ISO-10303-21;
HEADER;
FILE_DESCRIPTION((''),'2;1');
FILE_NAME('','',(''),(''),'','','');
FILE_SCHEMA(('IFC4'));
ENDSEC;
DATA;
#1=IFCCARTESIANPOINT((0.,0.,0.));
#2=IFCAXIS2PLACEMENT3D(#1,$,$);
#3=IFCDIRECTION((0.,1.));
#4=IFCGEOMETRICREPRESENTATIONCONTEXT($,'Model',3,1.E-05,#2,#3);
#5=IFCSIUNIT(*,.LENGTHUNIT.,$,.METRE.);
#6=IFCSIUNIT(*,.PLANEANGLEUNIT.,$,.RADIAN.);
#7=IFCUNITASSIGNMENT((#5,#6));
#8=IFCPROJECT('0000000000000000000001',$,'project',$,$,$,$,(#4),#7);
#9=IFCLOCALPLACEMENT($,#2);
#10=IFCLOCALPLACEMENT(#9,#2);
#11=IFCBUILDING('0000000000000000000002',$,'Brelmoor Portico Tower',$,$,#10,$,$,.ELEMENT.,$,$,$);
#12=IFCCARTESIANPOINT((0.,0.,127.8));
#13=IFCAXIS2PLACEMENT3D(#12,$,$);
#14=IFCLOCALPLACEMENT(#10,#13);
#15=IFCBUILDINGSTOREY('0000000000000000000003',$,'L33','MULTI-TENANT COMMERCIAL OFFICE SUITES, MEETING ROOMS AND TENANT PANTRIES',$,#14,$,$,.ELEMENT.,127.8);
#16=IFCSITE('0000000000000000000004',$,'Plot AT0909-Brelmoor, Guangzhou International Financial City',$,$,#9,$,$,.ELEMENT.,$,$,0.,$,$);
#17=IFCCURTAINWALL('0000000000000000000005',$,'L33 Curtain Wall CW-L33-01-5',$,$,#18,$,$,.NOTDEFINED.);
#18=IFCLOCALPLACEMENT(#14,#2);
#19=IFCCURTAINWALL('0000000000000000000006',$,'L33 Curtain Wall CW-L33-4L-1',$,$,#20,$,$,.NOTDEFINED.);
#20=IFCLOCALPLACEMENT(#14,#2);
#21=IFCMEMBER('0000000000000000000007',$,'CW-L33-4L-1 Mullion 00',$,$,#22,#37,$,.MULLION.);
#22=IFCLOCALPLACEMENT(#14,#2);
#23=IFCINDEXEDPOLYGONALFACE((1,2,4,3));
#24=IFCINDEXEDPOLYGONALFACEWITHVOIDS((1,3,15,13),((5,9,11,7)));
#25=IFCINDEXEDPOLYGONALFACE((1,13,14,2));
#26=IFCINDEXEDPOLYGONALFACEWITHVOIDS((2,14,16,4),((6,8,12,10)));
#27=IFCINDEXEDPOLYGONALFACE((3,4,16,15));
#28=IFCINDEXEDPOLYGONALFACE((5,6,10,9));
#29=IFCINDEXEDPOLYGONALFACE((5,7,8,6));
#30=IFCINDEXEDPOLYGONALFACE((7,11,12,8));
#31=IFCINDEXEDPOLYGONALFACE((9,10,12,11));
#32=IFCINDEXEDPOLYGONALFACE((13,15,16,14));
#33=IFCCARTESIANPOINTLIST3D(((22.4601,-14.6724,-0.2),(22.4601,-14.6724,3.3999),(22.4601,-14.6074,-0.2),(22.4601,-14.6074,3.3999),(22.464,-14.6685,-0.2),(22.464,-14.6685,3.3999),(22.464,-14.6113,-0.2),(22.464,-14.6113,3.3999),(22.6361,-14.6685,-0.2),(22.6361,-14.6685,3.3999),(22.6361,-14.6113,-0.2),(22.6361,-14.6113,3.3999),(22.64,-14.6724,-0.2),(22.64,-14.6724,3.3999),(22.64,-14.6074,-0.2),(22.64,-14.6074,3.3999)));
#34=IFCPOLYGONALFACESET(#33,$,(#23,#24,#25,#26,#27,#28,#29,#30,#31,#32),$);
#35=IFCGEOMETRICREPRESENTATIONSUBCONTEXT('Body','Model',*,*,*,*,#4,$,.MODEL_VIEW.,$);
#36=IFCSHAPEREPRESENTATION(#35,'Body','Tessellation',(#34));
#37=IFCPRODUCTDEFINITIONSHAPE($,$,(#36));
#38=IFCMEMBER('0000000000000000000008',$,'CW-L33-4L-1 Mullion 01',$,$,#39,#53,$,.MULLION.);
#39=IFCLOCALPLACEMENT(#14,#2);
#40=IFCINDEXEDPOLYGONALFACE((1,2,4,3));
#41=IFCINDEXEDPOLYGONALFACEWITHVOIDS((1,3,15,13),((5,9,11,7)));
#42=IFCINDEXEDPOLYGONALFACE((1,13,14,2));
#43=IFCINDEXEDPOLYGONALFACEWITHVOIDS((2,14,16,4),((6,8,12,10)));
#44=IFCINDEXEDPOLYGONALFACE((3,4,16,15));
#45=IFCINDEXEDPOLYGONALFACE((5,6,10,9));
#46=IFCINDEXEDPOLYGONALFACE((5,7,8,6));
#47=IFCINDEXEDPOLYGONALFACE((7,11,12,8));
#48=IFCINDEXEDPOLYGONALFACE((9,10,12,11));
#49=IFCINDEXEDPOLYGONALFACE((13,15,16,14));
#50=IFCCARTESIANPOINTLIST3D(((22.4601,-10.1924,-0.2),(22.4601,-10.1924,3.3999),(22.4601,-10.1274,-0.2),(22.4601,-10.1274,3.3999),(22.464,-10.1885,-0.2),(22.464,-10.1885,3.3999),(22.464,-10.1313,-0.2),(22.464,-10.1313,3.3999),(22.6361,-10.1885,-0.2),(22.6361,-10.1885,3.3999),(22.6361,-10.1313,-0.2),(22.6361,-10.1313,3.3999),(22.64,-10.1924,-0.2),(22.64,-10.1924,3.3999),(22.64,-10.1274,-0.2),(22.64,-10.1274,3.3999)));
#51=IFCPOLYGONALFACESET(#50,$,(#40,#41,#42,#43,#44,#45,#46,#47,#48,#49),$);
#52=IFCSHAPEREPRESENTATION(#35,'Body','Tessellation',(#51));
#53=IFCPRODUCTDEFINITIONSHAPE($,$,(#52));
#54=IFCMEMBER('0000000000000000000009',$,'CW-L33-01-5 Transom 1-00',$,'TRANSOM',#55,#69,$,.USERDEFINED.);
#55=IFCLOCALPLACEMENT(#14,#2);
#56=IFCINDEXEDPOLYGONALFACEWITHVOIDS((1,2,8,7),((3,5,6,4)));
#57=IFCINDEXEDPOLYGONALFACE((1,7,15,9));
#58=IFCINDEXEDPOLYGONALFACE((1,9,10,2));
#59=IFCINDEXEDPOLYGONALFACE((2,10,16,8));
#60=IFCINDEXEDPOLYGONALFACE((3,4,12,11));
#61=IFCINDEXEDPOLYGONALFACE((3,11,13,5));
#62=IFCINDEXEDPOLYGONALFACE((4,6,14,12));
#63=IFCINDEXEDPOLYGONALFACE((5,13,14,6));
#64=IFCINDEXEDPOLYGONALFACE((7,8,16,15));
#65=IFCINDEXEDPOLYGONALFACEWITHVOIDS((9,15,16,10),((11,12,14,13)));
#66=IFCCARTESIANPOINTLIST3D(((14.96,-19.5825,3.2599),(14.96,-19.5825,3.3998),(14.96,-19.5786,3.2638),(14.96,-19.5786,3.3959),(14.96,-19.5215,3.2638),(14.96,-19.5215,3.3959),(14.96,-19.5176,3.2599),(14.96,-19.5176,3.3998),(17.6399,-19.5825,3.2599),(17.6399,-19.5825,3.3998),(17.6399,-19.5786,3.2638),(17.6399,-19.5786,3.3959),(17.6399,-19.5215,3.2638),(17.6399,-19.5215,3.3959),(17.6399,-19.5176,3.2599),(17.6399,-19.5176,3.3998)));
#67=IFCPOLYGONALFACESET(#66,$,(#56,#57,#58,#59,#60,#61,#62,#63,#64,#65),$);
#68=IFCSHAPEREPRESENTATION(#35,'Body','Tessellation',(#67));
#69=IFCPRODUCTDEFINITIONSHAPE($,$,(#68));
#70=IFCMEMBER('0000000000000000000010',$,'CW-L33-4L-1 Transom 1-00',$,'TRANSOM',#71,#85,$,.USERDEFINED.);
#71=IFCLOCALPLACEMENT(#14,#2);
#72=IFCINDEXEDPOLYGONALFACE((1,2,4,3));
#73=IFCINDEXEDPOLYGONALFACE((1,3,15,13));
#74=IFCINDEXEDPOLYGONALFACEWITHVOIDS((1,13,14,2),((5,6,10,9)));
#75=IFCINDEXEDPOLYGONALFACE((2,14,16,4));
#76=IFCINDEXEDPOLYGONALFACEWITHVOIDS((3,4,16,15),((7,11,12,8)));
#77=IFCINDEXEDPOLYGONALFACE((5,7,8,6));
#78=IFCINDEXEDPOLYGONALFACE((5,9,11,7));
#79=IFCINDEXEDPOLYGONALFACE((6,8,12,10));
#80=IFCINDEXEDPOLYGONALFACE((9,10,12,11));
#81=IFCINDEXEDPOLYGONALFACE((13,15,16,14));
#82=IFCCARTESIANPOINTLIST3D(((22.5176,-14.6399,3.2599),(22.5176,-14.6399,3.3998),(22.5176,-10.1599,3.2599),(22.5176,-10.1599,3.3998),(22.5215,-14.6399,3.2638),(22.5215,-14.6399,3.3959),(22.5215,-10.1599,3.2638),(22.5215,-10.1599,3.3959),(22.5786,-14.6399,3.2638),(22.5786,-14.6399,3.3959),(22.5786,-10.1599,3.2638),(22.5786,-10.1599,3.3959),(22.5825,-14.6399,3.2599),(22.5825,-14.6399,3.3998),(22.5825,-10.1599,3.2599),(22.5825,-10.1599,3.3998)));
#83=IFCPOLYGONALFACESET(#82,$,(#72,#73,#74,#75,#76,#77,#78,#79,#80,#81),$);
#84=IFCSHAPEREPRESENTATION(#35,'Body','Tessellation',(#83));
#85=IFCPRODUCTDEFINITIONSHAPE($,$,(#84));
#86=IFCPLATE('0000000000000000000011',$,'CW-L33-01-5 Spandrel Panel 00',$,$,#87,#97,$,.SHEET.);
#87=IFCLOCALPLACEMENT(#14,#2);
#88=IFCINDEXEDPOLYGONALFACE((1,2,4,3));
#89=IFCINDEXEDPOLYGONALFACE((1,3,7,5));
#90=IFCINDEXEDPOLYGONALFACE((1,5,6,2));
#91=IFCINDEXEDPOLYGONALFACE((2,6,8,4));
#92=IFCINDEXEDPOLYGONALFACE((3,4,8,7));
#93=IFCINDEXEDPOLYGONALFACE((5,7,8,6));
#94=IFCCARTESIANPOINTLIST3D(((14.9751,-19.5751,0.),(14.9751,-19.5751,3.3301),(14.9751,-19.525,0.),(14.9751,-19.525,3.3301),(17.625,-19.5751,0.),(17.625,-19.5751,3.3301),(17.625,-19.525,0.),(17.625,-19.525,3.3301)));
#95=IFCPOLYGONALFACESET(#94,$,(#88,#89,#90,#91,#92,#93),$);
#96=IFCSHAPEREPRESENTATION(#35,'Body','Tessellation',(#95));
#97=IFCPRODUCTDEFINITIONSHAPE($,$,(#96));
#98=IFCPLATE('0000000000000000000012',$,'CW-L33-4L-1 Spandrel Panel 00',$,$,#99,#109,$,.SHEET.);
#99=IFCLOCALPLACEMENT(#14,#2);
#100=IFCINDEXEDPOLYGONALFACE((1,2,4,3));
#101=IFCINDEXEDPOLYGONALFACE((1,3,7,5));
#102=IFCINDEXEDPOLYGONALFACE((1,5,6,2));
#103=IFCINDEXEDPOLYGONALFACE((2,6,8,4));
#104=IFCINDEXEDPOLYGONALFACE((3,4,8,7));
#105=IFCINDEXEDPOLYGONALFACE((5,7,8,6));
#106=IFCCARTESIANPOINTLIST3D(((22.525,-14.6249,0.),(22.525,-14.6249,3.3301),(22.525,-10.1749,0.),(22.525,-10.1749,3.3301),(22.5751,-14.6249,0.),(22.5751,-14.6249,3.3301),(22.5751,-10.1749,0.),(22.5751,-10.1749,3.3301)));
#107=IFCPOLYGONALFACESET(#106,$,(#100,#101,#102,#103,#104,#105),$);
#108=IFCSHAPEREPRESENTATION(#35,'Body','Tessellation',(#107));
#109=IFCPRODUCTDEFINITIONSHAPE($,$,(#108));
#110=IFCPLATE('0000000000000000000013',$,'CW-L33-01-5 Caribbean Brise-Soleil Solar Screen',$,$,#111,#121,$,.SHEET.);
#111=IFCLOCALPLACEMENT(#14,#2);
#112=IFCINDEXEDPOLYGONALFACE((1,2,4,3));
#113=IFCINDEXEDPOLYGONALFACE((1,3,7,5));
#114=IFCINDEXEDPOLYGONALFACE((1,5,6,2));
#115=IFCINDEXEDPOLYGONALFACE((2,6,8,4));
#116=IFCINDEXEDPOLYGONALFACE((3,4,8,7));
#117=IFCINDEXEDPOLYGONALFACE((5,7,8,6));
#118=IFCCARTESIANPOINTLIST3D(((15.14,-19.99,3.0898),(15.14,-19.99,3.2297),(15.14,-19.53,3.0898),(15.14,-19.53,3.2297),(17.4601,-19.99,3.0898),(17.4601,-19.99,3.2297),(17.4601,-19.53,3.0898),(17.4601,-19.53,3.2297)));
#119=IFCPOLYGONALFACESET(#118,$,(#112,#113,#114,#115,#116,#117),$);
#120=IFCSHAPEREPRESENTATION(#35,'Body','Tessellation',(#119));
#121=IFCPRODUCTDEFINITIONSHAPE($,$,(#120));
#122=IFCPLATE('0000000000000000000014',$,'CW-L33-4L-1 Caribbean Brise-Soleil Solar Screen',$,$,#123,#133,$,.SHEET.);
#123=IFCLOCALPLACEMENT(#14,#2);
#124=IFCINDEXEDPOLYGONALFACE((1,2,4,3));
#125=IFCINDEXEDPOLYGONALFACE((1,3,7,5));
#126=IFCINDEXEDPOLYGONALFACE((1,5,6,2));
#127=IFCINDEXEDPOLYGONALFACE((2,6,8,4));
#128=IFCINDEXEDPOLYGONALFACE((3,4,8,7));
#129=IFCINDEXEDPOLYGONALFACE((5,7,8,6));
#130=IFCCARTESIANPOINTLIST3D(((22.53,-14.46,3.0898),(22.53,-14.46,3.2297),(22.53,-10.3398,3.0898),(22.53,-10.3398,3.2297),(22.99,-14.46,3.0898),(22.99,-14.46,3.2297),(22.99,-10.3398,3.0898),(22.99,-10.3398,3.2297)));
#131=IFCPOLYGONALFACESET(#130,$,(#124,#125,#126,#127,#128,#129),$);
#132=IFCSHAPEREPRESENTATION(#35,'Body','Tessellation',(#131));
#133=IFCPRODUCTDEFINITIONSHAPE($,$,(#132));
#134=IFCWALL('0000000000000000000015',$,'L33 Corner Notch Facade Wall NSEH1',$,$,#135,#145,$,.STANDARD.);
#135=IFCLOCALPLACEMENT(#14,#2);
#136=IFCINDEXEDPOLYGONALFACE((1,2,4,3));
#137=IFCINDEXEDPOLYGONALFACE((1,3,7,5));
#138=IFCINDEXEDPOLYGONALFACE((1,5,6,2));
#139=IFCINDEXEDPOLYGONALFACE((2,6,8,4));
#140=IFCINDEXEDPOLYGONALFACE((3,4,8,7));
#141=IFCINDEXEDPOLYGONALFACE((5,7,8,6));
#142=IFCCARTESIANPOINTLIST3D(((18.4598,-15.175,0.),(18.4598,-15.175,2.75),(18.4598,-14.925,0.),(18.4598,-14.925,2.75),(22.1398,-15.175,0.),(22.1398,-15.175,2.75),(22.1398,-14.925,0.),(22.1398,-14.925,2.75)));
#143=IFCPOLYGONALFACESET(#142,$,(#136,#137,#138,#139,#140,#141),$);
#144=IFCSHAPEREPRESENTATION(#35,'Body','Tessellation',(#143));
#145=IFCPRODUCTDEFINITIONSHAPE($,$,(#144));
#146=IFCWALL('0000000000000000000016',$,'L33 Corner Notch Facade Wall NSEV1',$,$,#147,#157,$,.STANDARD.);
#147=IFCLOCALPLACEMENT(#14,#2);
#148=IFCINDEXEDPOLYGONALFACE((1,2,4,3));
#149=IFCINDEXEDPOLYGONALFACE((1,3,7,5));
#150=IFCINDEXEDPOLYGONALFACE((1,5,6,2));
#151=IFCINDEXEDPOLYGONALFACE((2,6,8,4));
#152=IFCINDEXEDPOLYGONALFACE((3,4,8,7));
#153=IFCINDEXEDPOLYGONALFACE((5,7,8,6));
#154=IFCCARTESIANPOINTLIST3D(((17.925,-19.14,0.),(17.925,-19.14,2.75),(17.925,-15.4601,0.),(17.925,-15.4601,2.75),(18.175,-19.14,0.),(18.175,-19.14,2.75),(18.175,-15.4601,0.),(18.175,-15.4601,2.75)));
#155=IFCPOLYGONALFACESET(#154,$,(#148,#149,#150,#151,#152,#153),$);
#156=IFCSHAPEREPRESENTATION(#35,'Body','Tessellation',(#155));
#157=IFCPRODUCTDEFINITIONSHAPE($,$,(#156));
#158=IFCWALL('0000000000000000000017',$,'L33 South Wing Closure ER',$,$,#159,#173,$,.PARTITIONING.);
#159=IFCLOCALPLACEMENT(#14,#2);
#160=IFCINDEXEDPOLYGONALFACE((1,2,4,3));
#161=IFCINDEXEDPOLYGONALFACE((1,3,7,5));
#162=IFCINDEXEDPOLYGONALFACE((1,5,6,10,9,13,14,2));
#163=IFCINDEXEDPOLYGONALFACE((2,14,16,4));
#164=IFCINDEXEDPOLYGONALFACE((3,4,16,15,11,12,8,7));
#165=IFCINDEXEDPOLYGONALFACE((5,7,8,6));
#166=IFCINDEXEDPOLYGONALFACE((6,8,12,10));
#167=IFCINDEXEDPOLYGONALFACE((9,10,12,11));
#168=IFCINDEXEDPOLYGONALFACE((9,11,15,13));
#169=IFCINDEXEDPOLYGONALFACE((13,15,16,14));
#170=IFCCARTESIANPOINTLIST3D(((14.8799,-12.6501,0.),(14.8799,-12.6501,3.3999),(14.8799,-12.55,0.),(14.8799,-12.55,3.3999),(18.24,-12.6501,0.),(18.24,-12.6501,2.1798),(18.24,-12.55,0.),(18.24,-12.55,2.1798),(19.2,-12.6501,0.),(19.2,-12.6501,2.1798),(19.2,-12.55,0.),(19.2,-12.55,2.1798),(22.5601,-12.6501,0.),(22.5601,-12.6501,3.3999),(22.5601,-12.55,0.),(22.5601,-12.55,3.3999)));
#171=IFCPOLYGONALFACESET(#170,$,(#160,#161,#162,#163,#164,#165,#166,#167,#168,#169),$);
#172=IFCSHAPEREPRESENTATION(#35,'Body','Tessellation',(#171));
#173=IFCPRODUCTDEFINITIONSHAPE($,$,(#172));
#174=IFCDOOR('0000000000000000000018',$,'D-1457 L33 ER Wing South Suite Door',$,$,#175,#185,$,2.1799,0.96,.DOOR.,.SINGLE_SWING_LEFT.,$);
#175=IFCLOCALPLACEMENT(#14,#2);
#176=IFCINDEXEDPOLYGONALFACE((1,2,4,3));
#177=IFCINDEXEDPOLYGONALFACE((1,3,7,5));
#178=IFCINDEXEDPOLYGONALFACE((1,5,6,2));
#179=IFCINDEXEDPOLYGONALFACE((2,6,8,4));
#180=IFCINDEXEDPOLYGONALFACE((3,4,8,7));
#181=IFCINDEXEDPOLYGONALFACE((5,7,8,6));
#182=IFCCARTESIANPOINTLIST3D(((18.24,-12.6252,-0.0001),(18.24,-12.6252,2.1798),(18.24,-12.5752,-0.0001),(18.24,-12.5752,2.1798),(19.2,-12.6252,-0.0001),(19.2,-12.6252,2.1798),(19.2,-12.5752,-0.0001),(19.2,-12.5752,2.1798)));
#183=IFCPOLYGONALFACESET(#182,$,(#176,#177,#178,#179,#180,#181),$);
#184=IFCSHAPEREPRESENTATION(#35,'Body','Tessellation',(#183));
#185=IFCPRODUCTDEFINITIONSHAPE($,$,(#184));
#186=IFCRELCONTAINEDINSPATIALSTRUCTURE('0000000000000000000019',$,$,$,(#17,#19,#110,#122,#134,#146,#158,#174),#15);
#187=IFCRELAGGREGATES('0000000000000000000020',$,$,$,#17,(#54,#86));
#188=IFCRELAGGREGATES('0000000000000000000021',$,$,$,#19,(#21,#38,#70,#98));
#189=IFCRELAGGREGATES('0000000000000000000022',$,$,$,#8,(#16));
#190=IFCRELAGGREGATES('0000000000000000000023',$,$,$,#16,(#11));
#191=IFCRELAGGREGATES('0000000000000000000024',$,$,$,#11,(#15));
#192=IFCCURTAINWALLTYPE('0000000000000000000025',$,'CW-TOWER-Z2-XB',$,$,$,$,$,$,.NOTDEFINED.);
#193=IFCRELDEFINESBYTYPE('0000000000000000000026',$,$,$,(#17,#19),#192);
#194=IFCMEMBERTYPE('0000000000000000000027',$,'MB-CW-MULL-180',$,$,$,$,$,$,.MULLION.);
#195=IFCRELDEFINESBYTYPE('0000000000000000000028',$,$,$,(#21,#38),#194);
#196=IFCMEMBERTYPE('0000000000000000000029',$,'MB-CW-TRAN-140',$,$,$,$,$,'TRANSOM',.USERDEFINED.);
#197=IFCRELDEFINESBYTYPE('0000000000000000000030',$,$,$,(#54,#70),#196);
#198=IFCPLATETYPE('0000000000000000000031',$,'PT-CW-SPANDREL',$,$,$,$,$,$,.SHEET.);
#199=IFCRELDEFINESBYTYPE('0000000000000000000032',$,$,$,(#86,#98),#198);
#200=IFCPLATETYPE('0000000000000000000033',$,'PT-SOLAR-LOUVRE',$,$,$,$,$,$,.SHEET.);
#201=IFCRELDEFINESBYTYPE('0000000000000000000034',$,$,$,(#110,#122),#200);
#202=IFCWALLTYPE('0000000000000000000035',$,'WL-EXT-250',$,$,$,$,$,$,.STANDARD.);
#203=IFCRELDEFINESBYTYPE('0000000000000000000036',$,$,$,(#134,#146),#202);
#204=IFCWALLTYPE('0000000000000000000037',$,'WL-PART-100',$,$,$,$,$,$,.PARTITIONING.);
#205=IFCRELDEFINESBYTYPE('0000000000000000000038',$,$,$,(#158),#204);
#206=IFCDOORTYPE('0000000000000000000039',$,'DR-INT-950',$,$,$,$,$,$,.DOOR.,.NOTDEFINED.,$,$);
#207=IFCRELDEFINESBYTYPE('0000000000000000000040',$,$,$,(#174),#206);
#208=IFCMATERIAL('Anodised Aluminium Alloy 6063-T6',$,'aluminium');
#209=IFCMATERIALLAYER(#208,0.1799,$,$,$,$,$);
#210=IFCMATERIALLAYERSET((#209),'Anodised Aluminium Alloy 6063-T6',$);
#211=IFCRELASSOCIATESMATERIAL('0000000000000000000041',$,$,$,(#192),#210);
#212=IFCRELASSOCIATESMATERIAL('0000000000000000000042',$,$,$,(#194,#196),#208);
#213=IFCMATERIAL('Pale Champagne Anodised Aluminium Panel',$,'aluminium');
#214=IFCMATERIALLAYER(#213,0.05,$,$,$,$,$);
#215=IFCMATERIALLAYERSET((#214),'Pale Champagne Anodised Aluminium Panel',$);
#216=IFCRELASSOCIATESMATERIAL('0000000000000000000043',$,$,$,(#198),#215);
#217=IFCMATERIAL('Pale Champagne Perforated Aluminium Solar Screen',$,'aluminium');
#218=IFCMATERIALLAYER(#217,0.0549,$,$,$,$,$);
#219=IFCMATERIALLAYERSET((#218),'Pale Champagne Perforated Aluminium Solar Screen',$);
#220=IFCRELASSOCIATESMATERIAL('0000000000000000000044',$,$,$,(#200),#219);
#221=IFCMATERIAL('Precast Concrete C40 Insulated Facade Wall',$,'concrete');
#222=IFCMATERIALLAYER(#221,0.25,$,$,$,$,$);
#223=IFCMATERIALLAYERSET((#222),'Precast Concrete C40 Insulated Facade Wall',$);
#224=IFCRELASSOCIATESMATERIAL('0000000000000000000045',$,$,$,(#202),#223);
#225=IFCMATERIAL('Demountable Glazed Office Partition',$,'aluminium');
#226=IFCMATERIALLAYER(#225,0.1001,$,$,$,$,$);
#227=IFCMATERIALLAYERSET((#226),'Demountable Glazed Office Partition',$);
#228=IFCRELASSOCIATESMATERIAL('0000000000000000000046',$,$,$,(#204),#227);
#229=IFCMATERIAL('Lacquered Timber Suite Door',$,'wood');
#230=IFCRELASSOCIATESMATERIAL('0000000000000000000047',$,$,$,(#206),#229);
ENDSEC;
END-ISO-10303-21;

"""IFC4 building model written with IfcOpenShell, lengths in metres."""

from ifc_helpers import new_model, si_unit, direction, frame, frame_2d, origin, origin_2d, place, context, subcontext, project, spatial, rectangle, hollow_rectangle, extrude, material, layer, layer_set, material_profile, profile_set, type_object, element, fill, aggregate, save


model = new_model("IFC4")

# Units and contexts
model_context = context("Model", 3, precision=1e-05, world=origin(), true_north=direction((0.0, 1.0)))
body_context = subcontext(model_context, "Body", "Model", "MODEL_VIEW")
ifc_project = project(units=[si_unit("LENGTHUNIT", "METRE"), si_unit("PLANEANGLEUNIT", "RADIAN")], contexts=[model_context])

# Site, building, storey
site_placement = place(None, origin())
site = spatial("IfcSite", under=ifc_project, at=site_placement, Name="Plot AT0909-Brelmoor, Guangzhou International Financial City", CompositionType="ELEMENT", RefElevation=0.0)
building_placement = place(site_placement, origin())
building = spatial("IfcBuilding", under=site, at=building_placement, Name="Brelmoor Portico Tower", CompositionType="ELEMENT")
storey_placement = place(building_placement, frame((0.0, 0.0, 127.8)))
storey = spatial("IfcBuildingStorey", under=building, at=storey_placement, Name="L33", Description="MULTI-TENANT COMMERCIAL OFFICE SUITES, MEETING ROOMS AND TENANT PANTRIES", CompositionType="ELEMENT", Elevation=127.8)

# Curtain walls, members
ifc_material_1 = material(Name="Anodised Aluminium Alloy 6063-T6", Category="aluminium")
ifc_layer_1 = layer(ifc_material_1, 0.1799)
ifc_layer_set_1 = layer_set([ifc_layer_1], Name="Anodised Aluminium Alloy 6063-T6")
curtain_wall_type = type_object("IfcCurtainWallType", Name="CW-TOWER-Z2-XB", PredefinedType="NOTDEFINED", material=ifc_layer_set_1)
curtain_wall_1_placement = place(storey_placement, origin())
curtain_wall_1 = element("IfcCurtainWall", 1, at=curtain_wall_1_placement, inside=storey, type_object=curtain_wall_type, Name="L33 Curtain Wall CW-L33-01-5", PredefinedType="NOTDEFINED")
ifc_material_profile_1 = material_profile(ifc_material_1, hollow_rectangle(XDim=0.0649, YDim=0.1799, WallThickness=0.0039, at=origin_2d()), Name="ALU MULLION 65x180")
ifc_profile_set_1 = profile_set([ifc_material_profile_1], Name="Anodised Aluminium Alloy 6063-T6")
member_type_1 = type_object("IfcMemberType", Name="MB-CW-MULL-180", PredefinedType="MULLION", material=ifc_profile_set_1)
curtain_wall_2_placement = place(storey_placement, origin())
curtain_wall_2 = element("IfcCurtainWall", 2, at=curtain_wall_2_placement, inside=storey, type_object=curtain_wall_type, Name="L33 Curtain Wall CW-L33-4L-1", PredefinedType="NOTDEFINED")
member_1_placement = place(storey_placement, frame((22.55, -14.6399, -0.2), z_axis=(0.0, 0.0, 1.0), x_axis=(0.0, 1.0, 0.0)))
member_1 = element("IfcMember", 3, at=member_1_placement, type_object=member_type_1, Name="CW-L33-4L-1 Mullion 00", PredefinedType="MULLION", context=body_context, shape_type="SweptSolid", body=[
    extrude(hollow_rectangle(XDim=0.0649, YDim=0.1799, WallThickness=0.0039, at=origin_2d()), origin(), (0.0, 0.0, 1.0), 3.5999),
])
member_2_placement = place(storey_placement, frame((22.55, -10.1599, -0.2), z_axis=(0.0, 0.0, 1.0), x_axis=(0.0, 1.0, 0.0)))
member_2 = element("IfcMember", 4, at=member_2_placement, type_object=member_type_1, Name="CW-L33-4L-1 Mullion 01", PredefinedType="MULLION", context=body_context, shape_type="SweptSolid", body=[
    extrude(hollow_rectangle(XDim=0.0649, YDim=0.1799, WallThickness=0.0039, at=origin_2d()), origin(), (0.0, 0.0, 1.0), 3.5999),
])

# Members
ifc_material_profile_2 = material_profile(ifc_material_1, hollow_rectangle(XDim=0.0649, YDim=0.1399, WallThickness=0.0039, at=origin_2d()), Name="ALU TRANSOM 65x140")
ifc_profile_set_2 = profile_set([ifc_material_profile_2], Name="Anodised Aluminium Alloy 6063-T6")
member_type_2 = type_object("IfcMemberType", Name="MB-CW-TRAN-140", ElementType="TRANSOM", PredefinedType="USERDEFINED", material=ifc_profile_set_2)
member_3_placement = place(storey_placement, frame((14.96, -19.55, 3.3298), z_axis=(1.0, 0.0, 0.0), x_axis=(0.0, 1.0, 0.0)))
member_3 = element("IfcMember", 5, at=member_3_placement, type_object=member_type_2, Name="CW-L33-01-5 Transom 1-00", ObjectType="TRANSOM", PredefinedType="USERDEFINED", context=body_context, shape_type="SweptSolid", body=[
    extrude(hollow_rectangle(XDim=0.0649, YDim=0.1399, WallThickness=0.0039, at=origin_2d()), origin(), (0.0, 0.0, 1.0), 2.6799),
])
member_4_placement = place(storey_placement, frame((22.55, -14.6399, 3.3298), z_axis=(0.0, 1.0, 0.0), x_axis=(-1.0, 0.0, 0.0)))
member_4 = element("IfcMember", 6, at=member_4_placement, type_object=member_type_2, Name="CW-L33-4L-1 Transom 1-00", ObjectType="TRANSOM", PredefinedType="USERDEFINED", context=body_context, shape_type="SweptSolid", body=[
    extrude(hollow_rectangle(XDim=0.0649, YDim=0.1399, WallThickness=0.0039, at=origin_2d()), origin(), (0.0, 0.0, 1.0), 4.48),
])

# Plates
ifc_material_2 = material(Name="Pale Champagne Anodised Aluminium Panel", Category="aluminium")
ifc_layer_2 = layer(ifc_material_2, 0.05)
ifc_layer_set_2 = layer_set([ifc_layer_2], Name="Pale Champagne Anodised Aluminium Panel")
plate_type_1 = type_object("IfcPlateType", Name="PT-CW-SPANDREL", PredefinedType="SHEET", material=ifc_layer_set_2)
plate_1_placement = place(storey_placement, frame((16.3, -19.55, 0.0), z_axis=(0.0, 0.0, 1.0), x_axis=(1.0, 0.0, 0.0)))
plate_1 = element("IfcPlate", 7, at=plate_1_placement, type_object=plate_type_1, Name="CW-L33-01-5 Spandrel Panel 00", PredefinedType="SHEET", context=body_context, shape_type="SweptSolid", body=[
    extrude(rectangle(XDim=2.6499, YDim=0.05, at=origin_2d()), origin(), (0.0, 0.0, 1.0), 3.3301),
])
aggregate(curtain_wall_1, [member_3, plate_1])
plate_2_placement = place(storey_placement, frame((22.55, -12.3999, 0.0), z_axis=(0.0, 0.0, 1.0), x_axis=(0.0, 1.0, 0.0)))
plate_2 = element("IfcPlate", 8, at=plate_2_placement, type_object=plate_type_1, Name="CW-L33-4L-1 Spandrel Panel 00", PredefinedType="SHEET", context=body_context, shape_type="SweptSolid", body=[
    extrude(rectangle(XDim=4.45, YDim=0.05, at=origin_2d()), origin(), (0.0, 0.0, 1.0), 3.3301),
])
aggregate(curtain_wall_2, [member_1, member_2, member_4, plate_2])

# Plates
ifc_material_3 = material(Name="Pale Champagne Perforated Aluminium Solar Screen", Category="aluminium")
ifc_layer_3 = layer(ifc_material_3, 0.0549)
ifc_layer_set_3 = layer_set([ifc_layer_3], Name="Pale Champagne Perforated Aluminium Solar Screen")
plate_type_2 = type_object("IfcPlateType", Name="PT-SOLAR-LOUVRE", PredefinedType="SHEET", material=ifc_layer_set_3)
plate_3_placement = place(storey_placement, frame((16.3, -19.76, 3.0898), z_axis=(0.0, 0.0, 1.0), x_axis=(1.0, 0.0, 0.0)))
element("IfcPlate", 9, at=plate_3_placement, inside=storey, type_object=plate_type_2, Name="CW-L33-01-5 Caribbean Brise-Soleil Solar Screen", PredefinedType="SHEET", context=body_context, shape_type="SweptSolid", body=[
    extrude(rectangle(XDim=2.3201, YDim=0.46, at=origin_2d()), origin(), (0.0, 0.0, 1.0), 0.1399),
])
plate_4_placement = place(storey_placement, frame((22.76, -12.3999, 3.0898), z_axis=(0.0, 0.0, 1.0), x_axis=(0.0, 1.0, 0.0)))
element("IfcPlate", 10, at=plate_4_placement, inside=storey, type_object=plate_type_2, Name="CW-L33-4L-1 Caribbean Brise-Soleil Solar Screen", PredefinedType="SHEET", context=body_context, shape_type="SweptSolid", body=[
    extrude(rectangle(XDim=4.1201, YDim=0.46, at=origin_2d()), origin(), (0.0, 0.0, 1.0), 0.1399),
])

# Walls
ifc_material_4 = material(Name="Precast Concrete C40 Insulated Facade Wall", Category="concrete")
ifc_layer_4 = layer(ifc_material_4, 0.25)
ifc_layer_set_4 = layer_set([ifc_layer_4], Name="Precast Concrete C40 Insulated Facade Wall")
wall_type_1 = type_object("IfcWallType", Name="WL-EXT-250", PredefinedType="STANDARD", material=ifc_layer_set_4)
for number, where, z_axis, x_axis, name in (
    (11, (18.46, -15.05, 0.0), (0.0, 0.0, 1.0), (1.0, 0.0, 0.0), "L33 Corner Notch Facade Wall NSEH1"),
    (12, (18.05, -19.1399, 0.0), (0.0, 0.0, 1.0), (0.0, 1.0, 0.0), "L33 Corner Notch Facade Wall NSEV1"),
):
    element("IfcWall", number, at=place(storey_placement, frame(where, z_axis=z_axis, x_axis=x_axis)), inside=storey, type_object=wall_type_1, Name=name, PredefinedType="STANDARD", context=body_context, shape_type="SweptSolid", body=[
        extrude(rectangle(XDim=3.6799, YDim=0.25, at=frame_2d((1.8398, 0.0))), origin(), (0.0, 0.0, 1.0), 2.75),
    ])

# Wall, opening, door
ifc_material_5 = material(Name="Demountable Glazed Office Partition", Category="aluminium")
ifc_layer_5 = layer(ifc_material_5, 0.1001)
ifc_layer_set_5 = layer_set([ifc_layer_5], Name="Demountable Glazed Office Partition")
wall_type_2 = type_object("IfcWallType", Name="WL-PART-100", PredefinedType="PARTITIONING", material=ifc_layer_set_5)
wall_placement = place(storey_placement, frame((14.8799, -12.6001, 0.0), z_axis=(0.0, 0.0, 1.0), x_axis=(1.0, 0.0, 0.0)))
wall = element("IfcWall", 13, at=wall_placement, inside=storey, type_object=wall_type_2, Name="L33 South Wing Closure ER", PredefinedType="PARTITIONING", context=body_context, shape_type="SweptSolid", body=[
    extrude(rectangle(XDim=7.6802, YDim=0.1001, at=frame_2d((3.8401, 0.0))), origin(), (0.0, 0.0, 1.0), 3.3999),
])
opening_placement = place(wall_placement, frame((3.3601, 0.0, 0.0)))
opening = element("IfcOpeningElement", 14, at=opening_placement, cuts=wall, PredefinedType="OPENING", context=body_context, shape_type="SweptSolid", body=[
    extrude(rectangle(XDim=0.96, YDim=2.1799, at=frame_2d((0.48, 1.0898))), frame((0.0, 0.0601, 0.0), z_axis=(0.0, -1.0, 0.0), x_axis=(1.0, 0.0, 0.0)), (0.0, 0.0, 1.0), 0.1201),
])
ifc_material_6 = material(Name="Lacquered Timber Suite Door", Category="wood")
door_type = type_object("IfcDoorType", Name="DR-INT-950", OperationType="NOTDEFINED", PredefinedType="DOOR", material=ifc_material_6)
door_placement = place(opening_placement, origin())
door = element("IfcDoor", 15, at=door_placement, inside=storey, type_object=door_type, Name="D-1457 L33 ER Wing South Suite Door", OperationType="SINGLE_SWING_LEFT", OverallHeight=2.1799, OverallWidth=0.96, PredefinedType="DOOR", context=body_context, shape_type="SweptSolid", body=[
    extrude(rectangle(XDim=0.96, YDim=2.1799, at=frame_2d((0.48, 1.0898))), frame((0.0, 0.0249, 0.0), z_axis=(0.0, -1.0, 0.0), x_axis=(1.0, 0.0, 0.0)), (0.0, 0.0, 1.0), 0.05),
])
fill(opening, door)

save(model, "model.ifc")
